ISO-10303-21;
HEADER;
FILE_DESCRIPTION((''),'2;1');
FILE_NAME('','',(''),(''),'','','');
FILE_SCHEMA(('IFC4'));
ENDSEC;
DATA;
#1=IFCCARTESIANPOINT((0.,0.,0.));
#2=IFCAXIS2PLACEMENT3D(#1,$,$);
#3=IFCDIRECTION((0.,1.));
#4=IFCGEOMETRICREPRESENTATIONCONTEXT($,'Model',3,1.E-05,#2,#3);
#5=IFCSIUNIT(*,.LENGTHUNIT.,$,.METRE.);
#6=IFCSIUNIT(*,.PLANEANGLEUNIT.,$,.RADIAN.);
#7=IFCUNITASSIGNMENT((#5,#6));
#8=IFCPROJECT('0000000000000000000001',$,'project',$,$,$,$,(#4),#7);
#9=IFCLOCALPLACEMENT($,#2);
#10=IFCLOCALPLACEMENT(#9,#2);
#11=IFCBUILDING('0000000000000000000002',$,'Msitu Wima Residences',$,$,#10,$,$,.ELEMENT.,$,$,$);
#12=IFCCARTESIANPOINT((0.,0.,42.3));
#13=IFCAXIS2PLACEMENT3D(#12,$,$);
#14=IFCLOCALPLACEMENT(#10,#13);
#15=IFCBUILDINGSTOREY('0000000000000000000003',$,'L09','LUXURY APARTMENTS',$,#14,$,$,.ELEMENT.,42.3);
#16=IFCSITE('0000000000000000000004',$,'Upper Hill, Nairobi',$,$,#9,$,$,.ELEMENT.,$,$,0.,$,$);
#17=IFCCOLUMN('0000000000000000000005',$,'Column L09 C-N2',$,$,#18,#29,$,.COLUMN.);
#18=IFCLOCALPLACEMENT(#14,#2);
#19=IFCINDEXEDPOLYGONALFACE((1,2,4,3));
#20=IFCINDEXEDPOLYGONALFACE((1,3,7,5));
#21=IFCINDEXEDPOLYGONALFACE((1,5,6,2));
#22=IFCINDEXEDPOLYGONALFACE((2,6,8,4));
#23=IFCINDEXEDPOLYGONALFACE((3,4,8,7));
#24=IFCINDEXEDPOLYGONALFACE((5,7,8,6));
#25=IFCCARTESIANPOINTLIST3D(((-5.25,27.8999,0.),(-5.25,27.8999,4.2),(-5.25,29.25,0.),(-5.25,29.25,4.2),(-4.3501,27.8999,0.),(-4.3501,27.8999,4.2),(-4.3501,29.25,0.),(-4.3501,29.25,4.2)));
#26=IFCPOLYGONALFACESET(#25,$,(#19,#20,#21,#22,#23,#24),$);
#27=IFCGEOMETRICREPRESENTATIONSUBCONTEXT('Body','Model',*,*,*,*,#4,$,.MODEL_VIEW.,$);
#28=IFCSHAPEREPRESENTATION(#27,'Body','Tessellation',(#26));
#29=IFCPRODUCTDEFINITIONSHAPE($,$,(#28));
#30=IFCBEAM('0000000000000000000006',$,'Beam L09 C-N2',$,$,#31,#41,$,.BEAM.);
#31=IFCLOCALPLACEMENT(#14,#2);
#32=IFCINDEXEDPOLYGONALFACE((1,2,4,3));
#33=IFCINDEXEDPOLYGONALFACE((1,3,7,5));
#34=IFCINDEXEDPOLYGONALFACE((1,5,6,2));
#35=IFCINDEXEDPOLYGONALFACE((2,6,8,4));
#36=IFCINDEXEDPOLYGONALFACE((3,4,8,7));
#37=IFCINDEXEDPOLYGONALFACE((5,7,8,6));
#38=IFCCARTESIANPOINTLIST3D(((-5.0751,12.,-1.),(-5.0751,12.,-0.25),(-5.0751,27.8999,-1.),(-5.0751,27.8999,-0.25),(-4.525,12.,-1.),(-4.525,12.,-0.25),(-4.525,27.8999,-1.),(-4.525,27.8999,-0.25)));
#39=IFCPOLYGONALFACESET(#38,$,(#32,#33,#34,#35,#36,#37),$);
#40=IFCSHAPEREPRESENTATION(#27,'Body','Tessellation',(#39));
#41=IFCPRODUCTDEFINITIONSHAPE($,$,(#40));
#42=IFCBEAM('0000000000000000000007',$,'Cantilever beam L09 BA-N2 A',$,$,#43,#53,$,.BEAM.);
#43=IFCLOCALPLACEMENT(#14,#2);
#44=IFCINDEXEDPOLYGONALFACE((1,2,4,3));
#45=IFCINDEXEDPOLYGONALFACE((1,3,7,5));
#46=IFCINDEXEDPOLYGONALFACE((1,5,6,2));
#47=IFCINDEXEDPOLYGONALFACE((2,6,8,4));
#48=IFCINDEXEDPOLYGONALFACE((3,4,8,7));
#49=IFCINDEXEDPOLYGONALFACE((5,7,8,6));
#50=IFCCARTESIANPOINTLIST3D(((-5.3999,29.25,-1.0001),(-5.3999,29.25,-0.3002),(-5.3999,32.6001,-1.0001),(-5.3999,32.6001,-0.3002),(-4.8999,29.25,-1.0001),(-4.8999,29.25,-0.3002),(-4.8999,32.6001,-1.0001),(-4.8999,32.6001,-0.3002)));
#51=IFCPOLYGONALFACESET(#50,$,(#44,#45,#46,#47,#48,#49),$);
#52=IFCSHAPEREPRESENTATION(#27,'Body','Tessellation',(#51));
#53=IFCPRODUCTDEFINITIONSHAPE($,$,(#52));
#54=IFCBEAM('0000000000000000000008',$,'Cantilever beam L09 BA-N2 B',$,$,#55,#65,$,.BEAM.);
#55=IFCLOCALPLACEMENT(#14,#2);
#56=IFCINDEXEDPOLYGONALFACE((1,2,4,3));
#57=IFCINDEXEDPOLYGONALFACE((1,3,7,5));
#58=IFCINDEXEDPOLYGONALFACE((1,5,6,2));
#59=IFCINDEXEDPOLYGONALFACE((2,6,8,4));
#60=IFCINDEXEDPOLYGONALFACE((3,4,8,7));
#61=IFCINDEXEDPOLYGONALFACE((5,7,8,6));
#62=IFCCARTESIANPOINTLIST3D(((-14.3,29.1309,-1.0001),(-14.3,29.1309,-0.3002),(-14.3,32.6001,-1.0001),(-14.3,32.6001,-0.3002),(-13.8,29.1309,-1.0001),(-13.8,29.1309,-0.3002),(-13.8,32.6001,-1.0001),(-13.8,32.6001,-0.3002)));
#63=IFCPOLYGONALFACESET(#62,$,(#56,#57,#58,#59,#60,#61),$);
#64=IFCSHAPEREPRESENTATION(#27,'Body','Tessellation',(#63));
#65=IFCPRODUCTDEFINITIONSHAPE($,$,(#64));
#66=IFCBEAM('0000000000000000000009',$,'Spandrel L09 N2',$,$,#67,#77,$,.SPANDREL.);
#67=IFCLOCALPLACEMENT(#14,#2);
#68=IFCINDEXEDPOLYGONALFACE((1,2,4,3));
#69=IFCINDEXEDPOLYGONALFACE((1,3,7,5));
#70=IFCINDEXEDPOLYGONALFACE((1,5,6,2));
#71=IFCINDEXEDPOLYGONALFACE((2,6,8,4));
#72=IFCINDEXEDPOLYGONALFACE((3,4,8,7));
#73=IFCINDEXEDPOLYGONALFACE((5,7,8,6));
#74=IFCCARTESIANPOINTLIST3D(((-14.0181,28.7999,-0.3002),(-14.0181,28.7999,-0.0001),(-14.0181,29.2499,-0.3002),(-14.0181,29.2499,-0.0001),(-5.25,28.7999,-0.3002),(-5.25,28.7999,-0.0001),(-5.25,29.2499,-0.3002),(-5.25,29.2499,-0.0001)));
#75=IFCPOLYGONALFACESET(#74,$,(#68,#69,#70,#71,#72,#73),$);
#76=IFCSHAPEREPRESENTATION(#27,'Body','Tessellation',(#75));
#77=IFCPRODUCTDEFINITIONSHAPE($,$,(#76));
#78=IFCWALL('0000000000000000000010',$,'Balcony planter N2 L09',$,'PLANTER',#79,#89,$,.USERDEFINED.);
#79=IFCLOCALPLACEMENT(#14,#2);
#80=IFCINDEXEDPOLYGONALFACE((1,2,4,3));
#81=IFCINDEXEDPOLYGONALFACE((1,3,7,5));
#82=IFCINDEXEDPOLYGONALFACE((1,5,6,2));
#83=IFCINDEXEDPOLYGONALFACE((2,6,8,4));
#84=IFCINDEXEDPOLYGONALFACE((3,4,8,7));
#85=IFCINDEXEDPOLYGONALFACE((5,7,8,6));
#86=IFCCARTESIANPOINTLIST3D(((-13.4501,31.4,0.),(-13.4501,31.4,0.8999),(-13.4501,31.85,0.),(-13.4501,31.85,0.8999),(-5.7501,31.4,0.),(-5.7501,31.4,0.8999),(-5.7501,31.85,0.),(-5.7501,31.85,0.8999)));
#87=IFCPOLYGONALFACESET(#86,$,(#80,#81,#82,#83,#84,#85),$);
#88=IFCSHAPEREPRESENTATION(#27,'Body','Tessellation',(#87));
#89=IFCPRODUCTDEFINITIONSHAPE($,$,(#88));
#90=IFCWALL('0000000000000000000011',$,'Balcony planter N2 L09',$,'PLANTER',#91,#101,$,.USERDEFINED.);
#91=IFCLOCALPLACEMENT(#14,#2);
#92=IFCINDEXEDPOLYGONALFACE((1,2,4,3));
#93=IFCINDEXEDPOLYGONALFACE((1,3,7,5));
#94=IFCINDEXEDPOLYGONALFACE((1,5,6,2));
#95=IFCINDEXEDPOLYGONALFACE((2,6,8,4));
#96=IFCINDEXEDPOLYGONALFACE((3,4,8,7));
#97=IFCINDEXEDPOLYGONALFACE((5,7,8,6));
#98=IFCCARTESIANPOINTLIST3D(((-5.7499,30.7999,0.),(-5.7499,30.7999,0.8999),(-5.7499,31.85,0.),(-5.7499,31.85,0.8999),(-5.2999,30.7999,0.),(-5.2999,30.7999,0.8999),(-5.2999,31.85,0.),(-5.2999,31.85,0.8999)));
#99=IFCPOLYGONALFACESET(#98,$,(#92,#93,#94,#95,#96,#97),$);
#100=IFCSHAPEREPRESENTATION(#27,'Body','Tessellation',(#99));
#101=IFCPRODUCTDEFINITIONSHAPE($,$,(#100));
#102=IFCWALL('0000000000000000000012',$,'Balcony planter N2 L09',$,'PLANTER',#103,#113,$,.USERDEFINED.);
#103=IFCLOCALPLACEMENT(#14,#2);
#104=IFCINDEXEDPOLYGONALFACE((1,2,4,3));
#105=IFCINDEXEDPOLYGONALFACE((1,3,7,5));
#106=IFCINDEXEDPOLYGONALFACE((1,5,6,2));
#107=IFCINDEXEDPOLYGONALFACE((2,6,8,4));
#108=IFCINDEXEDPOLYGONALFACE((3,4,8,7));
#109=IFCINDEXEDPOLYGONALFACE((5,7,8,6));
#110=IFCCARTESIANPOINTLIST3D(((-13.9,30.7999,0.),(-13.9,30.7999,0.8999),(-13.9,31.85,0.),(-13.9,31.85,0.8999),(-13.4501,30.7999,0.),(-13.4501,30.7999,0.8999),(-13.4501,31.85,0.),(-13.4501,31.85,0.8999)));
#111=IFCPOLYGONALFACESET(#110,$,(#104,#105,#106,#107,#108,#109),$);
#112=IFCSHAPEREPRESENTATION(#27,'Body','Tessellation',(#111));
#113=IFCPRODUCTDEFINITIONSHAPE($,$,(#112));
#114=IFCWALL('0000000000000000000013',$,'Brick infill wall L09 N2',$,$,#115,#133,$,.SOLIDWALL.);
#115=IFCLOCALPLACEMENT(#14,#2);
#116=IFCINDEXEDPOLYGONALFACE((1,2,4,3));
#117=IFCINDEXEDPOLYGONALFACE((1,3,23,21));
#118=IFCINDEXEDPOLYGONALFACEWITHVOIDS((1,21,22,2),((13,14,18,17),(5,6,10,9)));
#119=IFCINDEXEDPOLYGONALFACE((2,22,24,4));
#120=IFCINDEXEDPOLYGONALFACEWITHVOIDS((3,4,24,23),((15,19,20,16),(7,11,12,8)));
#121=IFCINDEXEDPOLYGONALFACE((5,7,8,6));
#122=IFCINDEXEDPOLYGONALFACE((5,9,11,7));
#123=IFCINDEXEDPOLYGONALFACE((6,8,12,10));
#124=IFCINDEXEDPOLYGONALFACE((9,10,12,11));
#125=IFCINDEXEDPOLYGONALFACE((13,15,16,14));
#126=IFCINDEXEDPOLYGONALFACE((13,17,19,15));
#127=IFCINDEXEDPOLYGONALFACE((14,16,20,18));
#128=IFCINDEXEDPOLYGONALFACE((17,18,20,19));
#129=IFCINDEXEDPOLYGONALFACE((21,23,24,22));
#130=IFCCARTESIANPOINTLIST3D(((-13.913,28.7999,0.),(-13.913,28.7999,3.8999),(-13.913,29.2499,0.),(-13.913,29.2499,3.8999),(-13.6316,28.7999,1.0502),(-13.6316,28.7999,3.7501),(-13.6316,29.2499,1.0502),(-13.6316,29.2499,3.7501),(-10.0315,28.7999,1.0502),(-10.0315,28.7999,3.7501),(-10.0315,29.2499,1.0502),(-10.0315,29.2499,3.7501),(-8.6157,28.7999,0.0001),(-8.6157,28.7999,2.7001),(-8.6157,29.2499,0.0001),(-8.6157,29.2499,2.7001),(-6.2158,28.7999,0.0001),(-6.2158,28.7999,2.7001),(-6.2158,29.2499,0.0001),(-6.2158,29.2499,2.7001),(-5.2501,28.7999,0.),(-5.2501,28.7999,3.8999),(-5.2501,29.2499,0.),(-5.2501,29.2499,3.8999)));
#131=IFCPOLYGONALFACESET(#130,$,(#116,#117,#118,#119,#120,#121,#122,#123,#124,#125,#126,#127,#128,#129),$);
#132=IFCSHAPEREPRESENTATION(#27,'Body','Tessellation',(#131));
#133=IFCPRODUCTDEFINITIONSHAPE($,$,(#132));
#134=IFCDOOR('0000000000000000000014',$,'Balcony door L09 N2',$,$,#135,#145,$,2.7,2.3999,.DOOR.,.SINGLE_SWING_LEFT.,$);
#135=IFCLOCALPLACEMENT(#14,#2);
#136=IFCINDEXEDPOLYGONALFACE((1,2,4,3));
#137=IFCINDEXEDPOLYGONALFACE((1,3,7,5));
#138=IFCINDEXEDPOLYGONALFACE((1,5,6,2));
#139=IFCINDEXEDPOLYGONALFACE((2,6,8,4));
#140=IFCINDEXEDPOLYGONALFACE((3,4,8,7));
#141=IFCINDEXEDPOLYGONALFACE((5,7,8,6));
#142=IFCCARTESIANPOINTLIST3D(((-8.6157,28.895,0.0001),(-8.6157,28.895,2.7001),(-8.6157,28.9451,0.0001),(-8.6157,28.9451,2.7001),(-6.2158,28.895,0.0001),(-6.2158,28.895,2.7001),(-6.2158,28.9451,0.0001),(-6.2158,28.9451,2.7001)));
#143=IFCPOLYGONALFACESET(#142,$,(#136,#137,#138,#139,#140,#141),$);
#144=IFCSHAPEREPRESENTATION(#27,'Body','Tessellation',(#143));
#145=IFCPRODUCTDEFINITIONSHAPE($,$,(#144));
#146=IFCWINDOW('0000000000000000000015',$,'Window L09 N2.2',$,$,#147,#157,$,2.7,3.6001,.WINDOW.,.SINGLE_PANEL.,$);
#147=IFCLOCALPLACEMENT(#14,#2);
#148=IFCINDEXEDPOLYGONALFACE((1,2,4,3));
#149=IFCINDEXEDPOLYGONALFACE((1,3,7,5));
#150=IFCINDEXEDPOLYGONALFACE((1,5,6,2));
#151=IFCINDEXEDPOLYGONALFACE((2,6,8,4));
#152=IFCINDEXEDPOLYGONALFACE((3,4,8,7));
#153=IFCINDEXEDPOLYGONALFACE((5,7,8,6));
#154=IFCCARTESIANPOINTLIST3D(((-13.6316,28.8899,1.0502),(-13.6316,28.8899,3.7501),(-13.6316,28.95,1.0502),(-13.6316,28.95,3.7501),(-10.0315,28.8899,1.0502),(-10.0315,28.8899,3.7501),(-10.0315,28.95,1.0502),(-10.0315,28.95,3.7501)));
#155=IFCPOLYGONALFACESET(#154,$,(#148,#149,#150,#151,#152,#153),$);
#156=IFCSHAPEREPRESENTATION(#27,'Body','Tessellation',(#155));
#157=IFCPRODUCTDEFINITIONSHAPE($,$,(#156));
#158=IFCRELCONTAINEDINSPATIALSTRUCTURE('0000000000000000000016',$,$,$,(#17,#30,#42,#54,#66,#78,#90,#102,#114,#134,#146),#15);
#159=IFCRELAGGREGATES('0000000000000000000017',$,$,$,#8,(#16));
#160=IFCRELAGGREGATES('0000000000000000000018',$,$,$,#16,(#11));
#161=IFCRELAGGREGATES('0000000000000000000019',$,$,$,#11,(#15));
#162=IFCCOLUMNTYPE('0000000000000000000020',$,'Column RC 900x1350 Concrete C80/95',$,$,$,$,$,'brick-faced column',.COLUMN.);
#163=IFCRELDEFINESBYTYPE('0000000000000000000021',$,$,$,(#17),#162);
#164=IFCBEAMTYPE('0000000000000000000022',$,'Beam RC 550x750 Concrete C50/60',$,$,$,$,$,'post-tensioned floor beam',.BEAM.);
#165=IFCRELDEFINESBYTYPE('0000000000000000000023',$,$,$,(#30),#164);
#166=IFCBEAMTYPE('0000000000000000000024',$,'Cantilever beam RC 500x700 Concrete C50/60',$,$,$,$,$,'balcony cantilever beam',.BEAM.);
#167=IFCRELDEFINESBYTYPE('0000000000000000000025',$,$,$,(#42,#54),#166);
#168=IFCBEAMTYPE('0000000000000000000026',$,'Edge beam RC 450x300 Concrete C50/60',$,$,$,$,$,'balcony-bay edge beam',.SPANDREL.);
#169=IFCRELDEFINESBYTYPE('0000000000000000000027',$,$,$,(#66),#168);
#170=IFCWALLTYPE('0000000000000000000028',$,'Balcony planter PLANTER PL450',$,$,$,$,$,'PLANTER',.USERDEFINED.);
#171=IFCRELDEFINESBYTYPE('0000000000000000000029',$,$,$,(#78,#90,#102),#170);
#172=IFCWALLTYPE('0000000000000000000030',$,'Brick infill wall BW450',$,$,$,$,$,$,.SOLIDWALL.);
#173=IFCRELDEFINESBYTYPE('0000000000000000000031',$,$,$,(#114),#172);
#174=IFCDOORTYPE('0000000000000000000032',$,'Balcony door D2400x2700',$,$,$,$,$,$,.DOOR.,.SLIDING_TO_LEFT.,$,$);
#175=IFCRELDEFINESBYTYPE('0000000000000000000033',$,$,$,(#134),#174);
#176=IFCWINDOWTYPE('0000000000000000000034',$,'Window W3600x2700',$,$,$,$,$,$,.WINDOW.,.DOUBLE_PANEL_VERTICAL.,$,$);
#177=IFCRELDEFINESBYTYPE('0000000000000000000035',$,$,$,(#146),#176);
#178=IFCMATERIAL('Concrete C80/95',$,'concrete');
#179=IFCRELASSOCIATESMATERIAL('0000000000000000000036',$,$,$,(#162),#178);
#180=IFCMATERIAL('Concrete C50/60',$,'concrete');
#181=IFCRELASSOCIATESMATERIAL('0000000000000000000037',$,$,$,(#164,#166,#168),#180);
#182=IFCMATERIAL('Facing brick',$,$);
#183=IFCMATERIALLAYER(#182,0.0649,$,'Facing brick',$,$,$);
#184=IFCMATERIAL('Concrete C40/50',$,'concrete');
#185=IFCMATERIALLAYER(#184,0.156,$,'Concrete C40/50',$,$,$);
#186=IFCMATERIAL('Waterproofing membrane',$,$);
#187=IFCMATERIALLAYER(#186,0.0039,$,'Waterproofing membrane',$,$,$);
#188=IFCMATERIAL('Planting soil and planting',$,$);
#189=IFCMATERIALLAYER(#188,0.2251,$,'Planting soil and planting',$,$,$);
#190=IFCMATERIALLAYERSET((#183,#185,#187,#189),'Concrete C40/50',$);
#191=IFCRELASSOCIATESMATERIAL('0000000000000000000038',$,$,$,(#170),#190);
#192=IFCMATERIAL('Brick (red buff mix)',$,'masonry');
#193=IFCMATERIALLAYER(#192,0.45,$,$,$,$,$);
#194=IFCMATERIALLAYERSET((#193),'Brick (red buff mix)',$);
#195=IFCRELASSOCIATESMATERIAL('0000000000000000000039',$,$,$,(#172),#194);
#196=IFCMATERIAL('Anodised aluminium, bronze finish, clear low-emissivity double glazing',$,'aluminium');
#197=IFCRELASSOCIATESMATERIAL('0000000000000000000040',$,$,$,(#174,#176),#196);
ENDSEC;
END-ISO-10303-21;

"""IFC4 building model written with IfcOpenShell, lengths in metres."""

from ifc_helpers import new_model, si_unit, direction, frame, frame_2d, origin, origin_2d, place, context, subcontext, project, spatial, rectangle, extrude, material, layer, layer_set, material_profile, profile_set, type_object, element, fill, save


model = new_model("IFC4")

# Units and contexts
model_context = context("Model", 3, precision=1e-05, world=origin(), true_north=direction((0.0, 1.0)))
body_context = subcontext(model_context, "Body", "Model", "MODEL_VIEW")
ifc_project = project(units=[si_unit("LENGTHUNIT", "METRE"), si_unit("PLANEANGLEUNIT", "RADIAN")], contexts=[model_context])

# Site, building, storey
site_placement = place(None, origin())
site = spatial("IfcSite", under=ifc_project, at=site_placement, Name="Upper Hill, Nairobi", CompositionType="ELEMENT", RefElevation=0.0)
building_placement = place(site_placement, origin())
building = spatial("IfcBuilding", under=site, at=building_placement, Name="Msitu Wima Residences", CompositionType="ELEMENT")
storey_placement = place(building_placement, frame((0.0, 0.0, 42.3)))
storey = spatial("IfcBuildingStorey", under=building, at=storey_placement, Name="L09", Description="LUXURY APARTMENTS", CompositionType="ELEMENT", Elevation=42.3)

# Column
ifc_material_1 = material(Name="Concrete C80/95", Category="concrete")
ifc_material_profile_1 = material_profile(ifc_material_1, rectangle(XDim=0.8999, YDim=1.3501, at=origin_2d()), Name="RC 900x1350")
ifc_profile_set_1 = profile_set([ifc_material_profile_1], Name="Concrete C80/95")
column_type = type_object("IfcColumnType", Name="Column RC 900x1350 Concrete C80/95", ElementType="brick-faced column", PredefinedType="COLUMN", material=ifc_profile_set_1)
column_placement = place(storey_placement, frame((-4.8, 28.575, 0.0), z_axis=(0.0, 0.0, 1.0), x_axis=(-1.0, 0.0, 0.0)))
element("IfcColumn", 1, at=column_placement, inside=storey, type_object=column_type, Name="Column L09 C-N2", PredefinedType="COLUMN", context=body_context, shape_type="SweptSolid", body=[
    extrude(rectangle(XDim=0.8999, YDim=1.3501, at=origin_2d()), origin(), (0.0, 0.0, 1.0), 4.2),
])

# Beams
ifc_material_2 = material(Name="Concrete C50/60", Category="concrete")
ifc_material_profile_2 = material_profile(ifc_material_2, rectangle(XDim=0.55, YDim=0.75, at=origin_2d()), Name="RC 550x750")
ifc_profile_set_2 = profile_set([ifc_material_profile_2], Name="Concrete C50/60")
beam_type_1 = type_object("IfcBeamType", Name="Beam RC 550x750 Concrete C50/60", ElementType="post-tensioned floor beam", PredefinedType="BEAM", material=ifc_profile_set_2)
beam_1_placement = place(storey_placement, frame((-4.8, 27.8999, -0.625), z_axis=(0.0, -1.0, 0.0), x_axis=(1.0, 0.0, 0.0)))
element("IfcBeam", 2, at=beam_1_placement, inside=storey, type_object=beam_type_1, Name="Beam L09 C-N2", PredefinedType="BEAM", context=body_context, shape_type="SweptSolid", body=[
    extrude(rectangle(XDim=0.55, YDim=0.75, at=origin_2d()), origin(), (0.0, 0.0, 1.0), 15.8999),
])
ifc_material_profile_3 = material_profile(ifc_material_2, rectangle(XDim=0.5, YDim=0.7, at=origin_2d()), Name="RC 500x700")
ifc_profile_set_3 = profile_set([ifc_material_profile_3], Name="Concrete C50/60")
beam_type_2 = type_object("IfcBeamType", Name="Cantilever beam RC 500x700 Concrete C50/60", ElementType="balcony cantilever beam", PredefinedType="BEAM", material=ifc_profile_set_3)
beam_2_placement = place(storey_placement, frame((-5.1499, 29.25, -0.6501), z_axis=(0.0, 1.0, 0.0), x_axis=(-1.0, 0.0, 0.0)))
element("IfcBeam", 3, at=beam_2_placement, inside=storey, type_object=beam_type_2, Name="Cantilever beam L09 BA-N2 A", PredefinedType="BEAM", context=body_context, shape_type="SweptSolid", body=[
    extrude(rectangle(XDim=0.5, YDim=0.7, at=origin_2d()), origin(), (0.0, 0.0, 1.0), 3.3501),
])
beam_3_placement = place(storey_placement, frame((-14.05, 29.1309, -0.6501), z_axis=(0.0, 1.0, 0.0), x_axis=(-1.0, 0.0, 0.0)))
element("IfcBeam", 4, at=beam_3_placement, inside=storey, type_object=beam_type_2, Name="Cantilever beam L09 BA-N2 B", PredefinedType="BEAM", context=body_context, shape_type="SweptSolid", body=[
    extrude(rectangle(XDim=0.5, YDim=0.7, at=origin_2d()), origin(), (0.0, 0.0, 1.0), 3.4692),
])
ifc_material_profile_4 = material_profile(ifc_material_2, rectangle(XDim=0.45, YDim=0.3, at=origin_2d()), Name="RC 450x300")
ifc_profile_set_4 = profile_set([ifc_material_profile_4], Name="Concrete C50/60")
beam_type_3 = type_object("IfcBeamType", Name="Edge beam RC 450x300 Concrete C50/60", ElementType="balcony-bay edge beam", PredefinedType="SPANDREL", material=ifc_profile_set_4)
beam_4_placement = place(storey_placement, frame((-5.25, 29.0249, -0.1501), z_axis=(-1.0, 0.0, 0.0), x_axis=(0.0, -1.0, 0.0)))
element("IfcBeam", 5, at=beam_4_placement, inside=storey, type_object=beam_type_3, Name="Spandrel L09 N2", PredefinedType="SPANDREL", context=body_context, shape_type="SweptSolid", body=[
    extrude(rectangle(XDim=0.45, YDim=0.3, at=origin_2d()), origin(), (0.0, 0.0, 1.0), 8.7681),
])

# Walls
ifc_material_3 = material(Name="Facing brick")
ifc_layer_1 = layer(ifc_material_3, 0.0649, Name="Facing brick")
ifc_material_4 = material(Name="Concrete C40/50", Category="concrete")
ifc_layer_2 = layer(ifc_material_4, 0.156, Name="Concrete C40/50")
ifc_material_5 = material(Name="Waterproofing membrane")
ifc_layer_3 = layer(ifc_material_5, 0.0039, Name="Waterproofing membrane")
ifc_material_6 = material(Name="Planting soil and planting")
ifc_layer_4 = layer(ifc_material_6, 0.2251, Name="Planting soil and planting")
ifc_layer_set_1 = layer_set([ifc_layer_1, ifc_layer_2, ifc_layer_3, ifc_layer_4], Name="Concrete C40/50")
wall_type_1 = type_object("IfcWallType", Name="Balcony planter PLANTER PL450", ElementType="PLANTER", PredefinedType="USERDEFINED", material=ifc_layer_set_1)
wall_1_placement = place(storey_placement, frame((-5.75, 31.625, 0.0), z_axis=(0.0, 0.0, 1.0), x_axis=(-1.0, 0.0, 0.0)))
element("IfcWall", 6, at=wall_1_placement, inside=storey, type_object=wall_type_1, Name="Balcony planter N2 L09", ObjectType="PLANTER", PredefinedType="USERDEFINED", context=body_context, shape_type="SweptSolid", body=[
    extrude(rectangle(XDim=7.7, YDim=0.45, at=frame_2d((3.8501, 0.0))), origin(), (0.0, 0.0, 1.0), 0.8999),
])
for number, where, z_axis, x_axis, name in (
    (7, (-5.5249, 30.8, 0.0), (0.0, 0.0, 1.0), (0.0, 1.0, 0.0), "Balcony planter N2 L09"),
    (8, (-13.675, 30.8, 0.0), (0.0, 0.0, 1.0), (0.0, 1.0, 0.0), "Balcony planter N2 L09"),
):
    element("IfcWall", number, at=place(storey_placement, frame(where, z_axis=z_axis, x_axis=x_axis)), inside=storey, type_object=wall_type_1, Name=name, ObjectType="PLANTER", PredefinedType="USERDEFINED", context=body_context, shape_type="SweptSolid", body=[
        extrude(rectangle(XDim=1.05, YDim=0.45, at=frame_2d((0.5249, 0.0))), origin(), (0.0, 0.0, 1.0), 0.8999),
    ])

# Wall, openings, door, window
ifc_material_7 = material(Name="Brick (red buff mix)", Category="masonry")
ifc_layer_5 = layer(ifc_material_7, 0.45)
ifc_layer_set_2 = layer_set([ifc_layer_5], Name="Brick (red buff mix)")
wall_type_2 = type_object("IfcWallType", Name="Brick infill wall BW450", PredefinedType="SOLIDWALL", material=ifc_layer_set_2)
wall_2_placement = place(storey_placement, frame((-5.25, 29.0249, 0.0), z_axis=(0.0, 0.0, 1.0), x_axis=(-1.0, 0.0, 0.0)))
wall_2 = element("IfcWall", 9, at=wall_2_placement, inside=storey, type_object=wall_type_2, Name="Brick infill wall L09 N2", PredefinedType="SOLIDWALL", context=body_context, shape_type="SweptSolid", body=[
    extrude(rectangle(XDim=8.6628, YDim=0.45, at=frame_2d((4.3315, 0.0))), origin(), (0.0, 0.0, 1.0), 3.8999),
])
opening_1_placement = place(wall_2_placement, frame((0.9658, 0.0, 0.0)))
opening_1 = element("IfcOpeningElement", 10, at=opening_1_placement, cuts=wall_2, PredefinedType="OPENING", context=body_context, shape_type="SweptSolid", body=[
    extrude(rectangle(XDim=2.3999, YDim=2.7, at=frame_2d((1.2, 1.3501))), frame((0.0, 0.2349, 0.0), z_axis=(0.0, -1.0, 0.0), x_axis=(1.0, 0.0, 0.0)), (0.0, 0.0, 1.0), 0.47),
])
opening_2_placement = place(wall_2_placement, frame((4.7815, 0.0, 1.05)))
opening_2 = element("IfcOpeningElement", 11, at=opening_2_placement, cuts=wall_2, PredefinedType="OPENING", context=body_context, shape_type="SweptSolid", body=[
    extrude(rectangle(XDim=3.6001, YDim=2.7, at=frame_2d((1.8, 1.3501))), frame((0.0, 0.2349, 0.0), z_axis=(0.0, -1.0, 0.0), x_axis=(1.0, 0.0, 0.0)), (0.0, 0.0, 1.0), 0.47),
])
ifc_material_8 = material(Name="Anodised aluminium, bronze finish, clear low-emissivity double glazing", Category="aluminium")
door_type_1 = type_object("IfcDoorType", Name="Balcony door D2400x2700", OperationType="SLIDING_TO_LEFT", PredefinedType="DOOR", material=ifc_material_8)
door_1_placement = place(opening_1_placement, origin())
door_1 = element("IfcDoor", 12, at=door_1_placement, inside=storey, type_object=door_type_1, Name="Balcony door L09 N2", OperationType="SINGLE_SWING_LEFT", OverallHeight=2.7, OverallWidth=2.3999, PredefinedType="DOOR", context=body_context, shape_type="SweptSolid", body=[
    extrude(rectangle(XDim=2.3999, YDim=2.7, at=frame_2d((1.2, 1.3501))), frame((0.0, 0.1299, 0.0), z_axis=(0.0, -1.0, 0.0), x_axis=(1.0, 0.0, 0.0)), (0.0, 0.0, 1.0), 0.05),
])
fill(opening_1, door_1)
window_type = type_object("IfcWindowType", Name="Window W3600x2700", PartitioningType="DOUBLE_PANEL_VERTICAL", PredefinedType="WINDOW", material=ifc_material_8)
window_placement = place(opening_2_placement, origin())
window = element("IfcWindow", 13, at=window_placement, inside=storey, type_object=window_type, Name="Window L09 N2.2", OverallHeight=2.7, OverallWidth=3.6001, PartitioningType="SINGLE_PANEL", PredefinedType="WINDOW", context=body_context, shape_type="SweptSolid", body=[
    extrude(rectangle(XDim=3.6001, YDim=2.7, at=frame_2d((1.8, 1.3501))), frame((0.0, 0.135, 0.0), z_axis=(0.0, -1.0, 0.0), x_axis=(1.0, 0.0, 0.0)), (0.0, 0.0, 1.0), 0.0601),
])
fill(opening_2, window)

save(model, "model.ifc")
